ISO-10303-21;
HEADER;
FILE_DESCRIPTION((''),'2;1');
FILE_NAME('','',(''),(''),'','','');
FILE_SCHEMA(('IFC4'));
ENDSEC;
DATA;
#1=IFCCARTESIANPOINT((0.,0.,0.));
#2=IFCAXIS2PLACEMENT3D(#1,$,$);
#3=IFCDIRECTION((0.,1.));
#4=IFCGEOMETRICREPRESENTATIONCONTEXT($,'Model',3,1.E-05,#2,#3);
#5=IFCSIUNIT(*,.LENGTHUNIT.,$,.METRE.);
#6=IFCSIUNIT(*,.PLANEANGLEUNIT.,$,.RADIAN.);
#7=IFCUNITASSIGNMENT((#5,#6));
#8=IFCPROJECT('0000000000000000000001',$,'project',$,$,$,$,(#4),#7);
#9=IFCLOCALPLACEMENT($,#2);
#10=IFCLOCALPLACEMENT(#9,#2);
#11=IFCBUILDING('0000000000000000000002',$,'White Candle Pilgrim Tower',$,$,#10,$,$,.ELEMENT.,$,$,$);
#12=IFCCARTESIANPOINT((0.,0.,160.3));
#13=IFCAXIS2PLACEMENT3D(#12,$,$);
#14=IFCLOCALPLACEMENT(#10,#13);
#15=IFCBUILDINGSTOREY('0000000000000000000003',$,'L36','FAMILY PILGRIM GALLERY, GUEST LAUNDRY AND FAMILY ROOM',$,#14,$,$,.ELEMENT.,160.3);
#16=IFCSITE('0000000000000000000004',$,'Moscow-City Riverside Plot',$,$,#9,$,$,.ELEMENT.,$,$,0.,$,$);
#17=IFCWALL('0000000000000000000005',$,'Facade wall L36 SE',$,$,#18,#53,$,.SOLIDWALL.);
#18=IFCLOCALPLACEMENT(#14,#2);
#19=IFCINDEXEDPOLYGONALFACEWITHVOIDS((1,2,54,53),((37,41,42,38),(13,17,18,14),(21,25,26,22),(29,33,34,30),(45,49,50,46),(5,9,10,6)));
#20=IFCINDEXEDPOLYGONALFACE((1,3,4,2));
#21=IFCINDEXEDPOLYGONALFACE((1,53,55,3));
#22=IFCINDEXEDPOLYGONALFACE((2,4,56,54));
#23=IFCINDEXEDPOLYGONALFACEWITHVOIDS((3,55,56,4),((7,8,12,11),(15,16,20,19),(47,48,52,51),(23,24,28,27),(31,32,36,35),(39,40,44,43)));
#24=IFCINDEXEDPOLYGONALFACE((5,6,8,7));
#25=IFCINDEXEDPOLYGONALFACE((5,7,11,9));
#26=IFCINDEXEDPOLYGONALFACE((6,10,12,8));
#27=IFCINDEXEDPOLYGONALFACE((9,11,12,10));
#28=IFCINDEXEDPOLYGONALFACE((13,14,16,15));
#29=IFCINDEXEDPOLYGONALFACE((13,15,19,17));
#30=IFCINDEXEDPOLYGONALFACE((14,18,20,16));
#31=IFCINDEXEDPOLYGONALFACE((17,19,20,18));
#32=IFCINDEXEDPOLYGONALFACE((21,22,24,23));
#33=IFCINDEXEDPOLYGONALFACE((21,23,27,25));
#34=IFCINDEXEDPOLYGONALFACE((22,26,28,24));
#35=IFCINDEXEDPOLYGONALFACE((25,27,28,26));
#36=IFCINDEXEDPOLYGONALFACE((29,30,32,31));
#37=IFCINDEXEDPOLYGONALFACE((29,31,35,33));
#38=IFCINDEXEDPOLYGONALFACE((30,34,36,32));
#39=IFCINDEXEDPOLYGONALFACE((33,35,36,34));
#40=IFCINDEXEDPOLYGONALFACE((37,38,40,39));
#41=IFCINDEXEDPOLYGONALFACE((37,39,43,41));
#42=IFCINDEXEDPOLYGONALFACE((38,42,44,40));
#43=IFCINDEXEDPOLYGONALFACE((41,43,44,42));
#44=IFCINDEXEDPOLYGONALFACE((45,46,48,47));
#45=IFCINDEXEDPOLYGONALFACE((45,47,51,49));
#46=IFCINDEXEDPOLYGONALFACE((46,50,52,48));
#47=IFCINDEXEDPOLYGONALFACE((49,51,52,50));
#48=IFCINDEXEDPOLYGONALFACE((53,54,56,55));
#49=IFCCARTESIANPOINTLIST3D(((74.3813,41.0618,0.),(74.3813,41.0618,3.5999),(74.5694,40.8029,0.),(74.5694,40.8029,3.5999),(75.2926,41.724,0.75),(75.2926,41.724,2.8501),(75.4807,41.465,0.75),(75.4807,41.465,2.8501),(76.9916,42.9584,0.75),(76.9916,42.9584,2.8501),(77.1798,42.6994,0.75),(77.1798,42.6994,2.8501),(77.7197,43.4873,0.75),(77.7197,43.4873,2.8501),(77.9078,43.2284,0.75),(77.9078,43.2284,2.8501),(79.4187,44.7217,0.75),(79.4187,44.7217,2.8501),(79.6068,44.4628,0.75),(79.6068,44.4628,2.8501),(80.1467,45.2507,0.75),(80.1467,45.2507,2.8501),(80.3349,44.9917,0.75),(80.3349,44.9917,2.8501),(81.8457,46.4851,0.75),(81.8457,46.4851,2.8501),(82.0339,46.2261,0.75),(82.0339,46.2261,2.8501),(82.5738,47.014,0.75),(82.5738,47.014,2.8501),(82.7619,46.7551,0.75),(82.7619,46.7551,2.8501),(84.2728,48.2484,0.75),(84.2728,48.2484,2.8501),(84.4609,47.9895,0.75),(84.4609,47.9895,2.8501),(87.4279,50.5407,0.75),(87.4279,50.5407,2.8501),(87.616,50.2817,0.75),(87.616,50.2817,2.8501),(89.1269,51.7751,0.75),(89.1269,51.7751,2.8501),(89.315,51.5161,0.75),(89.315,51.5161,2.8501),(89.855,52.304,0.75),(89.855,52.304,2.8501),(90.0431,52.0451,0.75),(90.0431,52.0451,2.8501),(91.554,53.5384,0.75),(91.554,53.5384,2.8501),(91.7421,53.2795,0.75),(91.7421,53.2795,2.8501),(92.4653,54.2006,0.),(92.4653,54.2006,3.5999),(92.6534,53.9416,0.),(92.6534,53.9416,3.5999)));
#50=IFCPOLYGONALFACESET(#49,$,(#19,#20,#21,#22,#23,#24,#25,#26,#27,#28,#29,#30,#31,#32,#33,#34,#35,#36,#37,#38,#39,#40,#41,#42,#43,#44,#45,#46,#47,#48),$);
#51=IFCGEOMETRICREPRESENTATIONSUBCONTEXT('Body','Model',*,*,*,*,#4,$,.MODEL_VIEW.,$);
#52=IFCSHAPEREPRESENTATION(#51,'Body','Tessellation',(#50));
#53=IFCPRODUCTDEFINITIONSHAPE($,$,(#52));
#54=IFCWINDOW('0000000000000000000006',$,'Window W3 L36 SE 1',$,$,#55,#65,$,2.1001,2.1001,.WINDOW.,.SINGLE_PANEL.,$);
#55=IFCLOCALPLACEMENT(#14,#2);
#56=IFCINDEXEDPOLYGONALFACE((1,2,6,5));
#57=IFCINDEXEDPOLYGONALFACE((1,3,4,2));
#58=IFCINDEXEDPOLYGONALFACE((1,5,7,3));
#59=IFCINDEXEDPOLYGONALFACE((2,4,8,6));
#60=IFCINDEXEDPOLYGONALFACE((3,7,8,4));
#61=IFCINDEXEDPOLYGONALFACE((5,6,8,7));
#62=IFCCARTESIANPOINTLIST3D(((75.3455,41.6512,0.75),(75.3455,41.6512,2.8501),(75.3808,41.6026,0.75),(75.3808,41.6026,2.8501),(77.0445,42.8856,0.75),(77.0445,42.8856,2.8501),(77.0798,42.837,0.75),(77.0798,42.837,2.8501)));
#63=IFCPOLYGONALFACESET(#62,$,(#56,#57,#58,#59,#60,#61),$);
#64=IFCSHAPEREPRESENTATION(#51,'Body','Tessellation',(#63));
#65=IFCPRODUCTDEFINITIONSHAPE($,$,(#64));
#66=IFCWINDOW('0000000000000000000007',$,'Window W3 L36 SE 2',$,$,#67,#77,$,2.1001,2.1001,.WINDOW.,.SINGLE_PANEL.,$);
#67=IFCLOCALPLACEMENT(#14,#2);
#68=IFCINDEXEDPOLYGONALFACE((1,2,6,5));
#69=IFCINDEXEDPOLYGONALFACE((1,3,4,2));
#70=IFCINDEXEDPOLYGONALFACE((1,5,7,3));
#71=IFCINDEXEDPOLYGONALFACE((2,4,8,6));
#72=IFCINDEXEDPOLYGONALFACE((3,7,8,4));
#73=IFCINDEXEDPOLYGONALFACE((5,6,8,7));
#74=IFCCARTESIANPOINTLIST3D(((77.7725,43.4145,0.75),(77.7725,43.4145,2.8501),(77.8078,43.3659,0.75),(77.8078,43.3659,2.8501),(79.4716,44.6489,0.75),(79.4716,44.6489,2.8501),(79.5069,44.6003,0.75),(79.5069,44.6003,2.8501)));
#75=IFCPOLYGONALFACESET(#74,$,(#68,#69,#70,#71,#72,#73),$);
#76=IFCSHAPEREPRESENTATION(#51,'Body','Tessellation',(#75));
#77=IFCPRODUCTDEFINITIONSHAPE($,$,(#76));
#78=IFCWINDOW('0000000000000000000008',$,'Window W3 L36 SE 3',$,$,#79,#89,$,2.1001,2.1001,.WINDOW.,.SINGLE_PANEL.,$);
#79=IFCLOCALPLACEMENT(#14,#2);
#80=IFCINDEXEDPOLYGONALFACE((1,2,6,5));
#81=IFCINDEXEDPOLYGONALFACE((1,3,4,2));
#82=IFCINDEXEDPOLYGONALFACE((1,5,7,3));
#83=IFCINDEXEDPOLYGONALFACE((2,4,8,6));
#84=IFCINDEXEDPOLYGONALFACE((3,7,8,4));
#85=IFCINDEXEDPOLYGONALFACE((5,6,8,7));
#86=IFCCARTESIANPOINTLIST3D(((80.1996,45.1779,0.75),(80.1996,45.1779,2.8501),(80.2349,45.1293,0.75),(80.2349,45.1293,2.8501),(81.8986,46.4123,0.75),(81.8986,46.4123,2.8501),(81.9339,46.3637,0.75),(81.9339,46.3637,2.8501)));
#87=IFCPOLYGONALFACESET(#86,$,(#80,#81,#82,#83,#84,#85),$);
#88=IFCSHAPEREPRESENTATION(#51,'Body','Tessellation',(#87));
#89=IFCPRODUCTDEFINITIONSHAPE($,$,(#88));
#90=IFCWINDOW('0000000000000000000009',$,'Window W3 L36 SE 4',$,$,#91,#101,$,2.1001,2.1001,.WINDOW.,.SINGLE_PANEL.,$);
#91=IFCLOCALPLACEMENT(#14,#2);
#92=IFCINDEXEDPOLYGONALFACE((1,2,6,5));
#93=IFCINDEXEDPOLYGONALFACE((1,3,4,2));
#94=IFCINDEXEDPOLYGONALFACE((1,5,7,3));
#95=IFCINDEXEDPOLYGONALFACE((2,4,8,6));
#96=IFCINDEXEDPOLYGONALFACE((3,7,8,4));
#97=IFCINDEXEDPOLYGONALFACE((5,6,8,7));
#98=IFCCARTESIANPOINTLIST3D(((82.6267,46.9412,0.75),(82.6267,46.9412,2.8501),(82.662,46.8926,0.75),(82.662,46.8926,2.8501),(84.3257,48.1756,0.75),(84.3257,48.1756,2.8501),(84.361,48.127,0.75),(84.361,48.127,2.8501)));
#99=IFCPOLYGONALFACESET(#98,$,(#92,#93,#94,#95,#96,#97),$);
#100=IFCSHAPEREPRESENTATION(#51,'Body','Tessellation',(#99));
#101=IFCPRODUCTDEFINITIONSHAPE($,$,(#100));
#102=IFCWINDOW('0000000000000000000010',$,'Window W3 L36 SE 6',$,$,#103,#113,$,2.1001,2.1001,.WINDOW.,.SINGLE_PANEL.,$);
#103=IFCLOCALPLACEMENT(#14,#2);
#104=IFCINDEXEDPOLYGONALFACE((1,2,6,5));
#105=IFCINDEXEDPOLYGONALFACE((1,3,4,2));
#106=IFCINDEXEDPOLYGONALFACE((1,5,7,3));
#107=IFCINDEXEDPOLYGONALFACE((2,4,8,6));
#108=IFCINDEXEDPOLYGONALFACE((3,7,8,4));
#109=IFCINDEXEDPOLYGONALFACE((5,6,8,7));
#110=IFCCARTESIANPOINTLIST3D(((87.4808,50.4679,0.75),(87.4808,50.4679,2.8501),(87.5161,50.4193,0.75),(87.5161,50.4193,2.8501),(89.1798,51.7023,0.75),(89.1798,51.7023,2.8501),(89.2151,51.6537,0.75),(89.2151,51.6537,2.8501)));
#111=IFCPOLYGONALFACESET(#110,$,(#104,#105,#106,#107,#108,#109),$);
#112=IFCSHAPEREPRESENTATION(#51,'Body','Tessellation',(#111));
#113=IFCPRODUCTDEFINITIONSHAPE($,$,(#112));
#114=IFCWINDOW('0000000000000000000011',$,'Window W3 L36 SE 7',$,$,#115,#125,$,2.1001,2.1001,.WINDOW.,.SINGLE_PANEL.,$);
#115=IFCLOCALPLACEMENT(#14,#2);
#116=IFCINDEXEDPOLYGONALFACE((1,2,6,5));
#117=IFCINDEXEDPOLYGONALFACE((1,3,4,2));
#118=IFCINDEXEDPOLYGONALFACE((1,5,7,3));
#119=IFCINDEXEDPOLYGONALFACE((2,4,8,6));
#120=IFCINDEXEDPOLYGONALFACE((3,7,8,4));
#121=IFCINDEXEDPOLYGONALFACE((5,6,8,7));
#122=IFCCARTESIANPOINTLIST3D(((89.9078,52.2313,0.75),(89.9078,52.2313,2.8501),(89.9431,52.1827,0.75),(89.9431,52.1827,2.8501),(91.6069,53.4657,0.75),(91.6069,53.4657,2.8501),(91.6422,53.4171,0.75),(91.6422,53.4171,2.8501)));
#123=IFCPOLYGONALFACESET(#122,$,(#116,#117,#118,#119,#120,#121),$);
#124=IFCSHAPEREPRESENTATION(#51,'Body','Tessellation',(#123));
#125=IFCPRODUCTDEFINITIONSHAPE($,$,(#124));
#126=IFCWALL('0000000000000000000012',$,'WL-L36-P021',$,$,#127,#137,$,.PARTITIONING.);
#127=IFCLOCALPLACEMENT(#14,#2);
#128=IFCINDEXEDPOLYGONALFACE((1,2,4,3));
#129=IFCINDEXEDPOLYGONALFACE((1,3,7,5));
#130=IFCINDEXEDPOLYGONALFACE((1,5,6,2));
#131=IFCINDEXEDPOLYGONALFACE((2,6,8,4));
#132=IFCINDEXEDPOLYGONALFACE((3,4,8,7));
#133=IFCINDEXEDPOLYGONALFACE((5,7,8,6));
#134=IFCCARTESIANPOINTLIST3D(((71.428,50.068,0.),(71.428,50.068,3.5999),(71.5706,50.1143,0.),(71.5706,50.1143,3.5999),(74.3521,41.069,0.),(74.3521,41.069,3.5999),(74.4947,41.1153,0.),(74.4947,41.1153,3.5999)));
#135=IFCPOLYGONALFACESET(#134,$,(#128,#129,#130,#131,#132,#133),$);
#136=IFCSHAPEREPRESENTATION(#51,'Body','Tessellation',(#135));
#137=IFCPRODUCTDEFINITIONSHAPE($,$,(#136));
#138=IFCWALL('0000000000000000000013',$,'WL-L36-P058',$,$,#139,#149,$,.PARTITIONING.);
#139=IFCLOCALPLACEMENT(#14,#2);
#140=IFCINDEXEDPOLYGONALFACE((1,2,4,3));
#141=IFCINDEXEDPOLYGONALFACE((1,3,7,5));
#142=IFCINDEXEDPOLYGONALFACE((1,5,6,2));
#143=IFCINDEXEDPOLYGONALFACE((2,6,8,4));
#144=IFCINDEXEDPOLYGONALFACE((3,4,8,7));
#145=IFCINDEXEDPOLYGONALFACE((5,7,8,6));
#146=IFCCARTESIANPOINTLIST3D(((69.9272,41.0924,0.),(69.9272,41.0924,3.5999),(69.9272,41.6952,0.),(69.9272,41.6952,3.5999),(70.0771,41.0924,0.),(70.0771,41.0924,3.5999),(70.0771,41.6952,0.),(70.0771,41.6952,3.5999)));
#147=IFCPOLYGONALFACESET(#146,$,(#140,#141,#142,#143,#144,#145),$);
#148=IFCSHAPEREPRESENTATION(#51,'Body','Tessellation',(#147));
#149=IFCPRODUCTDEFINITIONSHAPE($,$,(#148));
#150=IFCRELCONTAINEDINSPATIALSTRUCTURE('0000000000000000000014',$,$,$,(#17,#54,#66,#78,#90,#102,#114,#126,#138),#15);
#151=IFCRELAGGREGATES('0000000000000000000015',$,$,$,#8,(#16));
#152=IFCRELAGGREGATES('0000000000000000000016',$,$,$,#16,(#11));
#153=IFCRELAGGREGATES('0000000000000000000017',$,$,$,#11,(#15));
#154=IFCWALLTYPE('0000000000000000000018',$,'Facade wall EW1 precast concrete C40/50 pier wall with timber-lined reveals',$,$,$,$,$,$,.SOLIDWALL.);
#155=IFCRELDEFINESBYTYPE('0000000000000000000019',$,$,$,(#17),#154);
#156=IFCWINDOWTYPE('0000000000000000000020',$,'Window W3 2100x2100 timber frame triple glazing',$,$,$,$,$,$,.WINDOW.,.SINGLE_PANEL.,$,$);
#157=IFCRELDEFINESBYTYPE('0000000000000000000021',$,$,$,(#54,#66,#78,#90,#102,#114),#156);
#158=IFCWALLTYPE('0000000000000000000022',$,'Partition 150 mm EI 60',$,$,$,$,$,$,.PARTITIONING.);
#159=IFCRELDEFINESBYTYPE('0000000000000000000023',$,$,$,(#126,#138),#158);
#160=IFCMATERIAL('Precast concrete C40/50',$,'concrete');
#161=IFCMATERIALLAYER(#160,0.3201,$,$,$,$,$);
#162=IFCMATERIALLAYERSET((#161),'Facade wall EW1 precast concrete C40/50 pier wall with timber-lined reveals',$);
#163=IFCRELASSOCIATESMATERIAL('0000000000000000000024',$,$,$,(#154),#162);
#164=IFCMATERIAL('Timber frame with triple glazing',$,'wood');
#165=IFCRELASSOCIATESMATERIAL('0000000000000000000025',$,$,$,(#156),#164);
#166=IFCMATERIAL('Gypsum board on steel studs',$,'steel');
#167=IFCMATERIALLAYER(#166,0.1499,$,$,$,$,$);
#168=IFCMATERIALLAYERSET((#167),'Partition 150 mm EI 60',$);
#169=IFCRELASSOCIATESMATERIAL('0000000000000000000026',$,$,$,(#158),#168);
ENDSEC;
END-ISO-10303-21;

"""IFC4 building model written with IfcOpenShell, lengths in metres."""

from ifc_helpers import new_model, si_unit, direction, frame, frame_2d, origin, place, context, subcontext, project, spatial, rectangle, extrude, material, layer, layer_set, type_object, element, fill, save


model = new_model("IFC4")

# Units and contexts
model_context = context("Model", 3, precision=1e-05, world=origin(), true_north=direction((0.0, 1.0)))
body_context = subcontext(model_context, "Body", "Model", "MODEL_VIEW")
ifc_project = project(units=[si_unit("LENGTHUNIT", "METRE"), si_unit("PLANEANGLEUNIT", "RADIAN")], contexts=[model_context])

# Site, building, storey
site_placement = place(None, origin())
site = spatial("IfcSite", under=ifc_project, at=site_placement, Name="Moscow-City Riverside Plot", CompositionType="ELEMENT", RefElevation=0.0)
building_placement = place(site_placement, origin())
building = spatial("IfcBuilding", under=site, at=building_placement, Name="White Candle Pilgrim Tower", CompositionType="ELEMENT")
storey_placement = place(building_placement, frame((0.0, 0.0, 160.3)))
storey = spatial("IfcBuildingStorey", under=building, at=storey_placement, Name="L36", Description="FAMILY PILGRIM GALLERY, GUEST LAUNDRY AND FAMILY ROOM", CompositionType="ELEMENT", Elevation=160.3)

# Wall, openings, windows
ifc_material_1 = material(Name="Precast concrete C40/50", Category="concrete")
ifc_layer_1 = layer(ifc_material_1, 0.3201)
ifc_layer_set_1 = layer_set([ifc_layer_1], Name="Facade wall EW1 precast concrete C40/50 pier wall with timber-lined reveals")
wall_type_1 = type_object("IfcWallType", Name="Facade wall EW1 precast concrete C40/50 pier wall with timber-lined reveals", PredefinedType="SOLIDWALL", material=ifc_layer_set_1)
wall_1_placement = place(storey_placement, frame((74.4753, 40.9324, 0.0), z_axis=(0.0, 0.0, 1.0), x_axis=(0.809019, 0.587782, 0.0)))
wall_1 = element("IfcWall", 1, at=wall_1_placement, inside=storey, type_object=wall_type_1, Name="Facade wall L36 SE", PredefinedType="SOLIDWALL", context=body_context, shape_type="SweptSolid", body=[
    extrude(rectangle(XDim=22.353, YDim=0.3201, at=frame_2d((11.1765, 0.0))), origin(), (0.0, 0.0, 1.0), 3.5999),
])
opening_1_placement = place(wall_1_placement, frame((1.1265, 0.0, 0.75)))
opening_1 = element("IfcOpeningElement", 2, at=opening_1_placement, cuts=wall_1, PredefinedType="OPENING", context=body_context, shape_type="SweptSolid", body=[
    extrude(rectangle(XDim=2.1001, YDim=2.1001, at=frame_2d((1.05, 1.05))), frame((0.0, 0.1699, 0.0), z_axis=(0.0, -1.0, 0.0), x_axis=(1.0, 0.0, 0.0)), (0.0, 0.0, 1.0), 0.3401),
])
opening_2_placement = place(wall_1_placement, frame((4.1265, 0.0, 0.75)))
opening_2 = element("IfcOpeningElement", 3, at=opening_2_placement, cuts=wall_1, PredefinedType="OPENING", context=body_context, shape_type="SweptSolid", body=[
    extrude(rectangle(XDim=2.1001, YDim=2.1001, at=frame_2d((1.05, 1.05))), frame((0.0, 0.1699, 0.0), z_axis=(0.0, -1.0, 0.0), x_axis=(1.0, 0.0, 0.0)), (0.0, 0.0, 1.0), 0.3401),
])
opening_3_placement = place(wall_1_placement, frame((7.1265, 0.0, 0.75)))
opening_3 = element("IfcOpeningElement", 4, at=opening_3_placement, cuts=wall_1, PredefinedType="OPENING", context=body_context, shape_type="SweptSolid", body=[
    extrude(rectangle(XDim=2.1001, YDim=2.1001, at=frame_2d((1.05, 1.05))), frame((0.0, 0.1699, 0.0), z_axis=(0.0, -1.0, 0.0), x_axis=(1.0, 0.0, 0.0)), (0.0, 0.0, 1.0), 0.3401),
])
opening_4_placement = place(wall_1_placement, frame((10.1265, 0.0, 0.75)))
opening_4 = element("IfcOpeningElement", 5, at=opening_4_placement, cuts=wall_1, PredefinedType="OPENING", context=body_context, shape_type="SweptSolid", body=[
    extrude(rectangle(XDim=2.1001, YDim=2.1001, at=frame_2d((1.05, 1.05))), frame((0.0, 0.1699, 0.0), z_axis=(0.0, -1.0, 0.0), x_axis=(1.0, 0.0, 0.0)), (0.0, 0.0, 1.0), 0.3401),
])
opening_5_placement = place(wall_1_placement, frame((16.1265, 0.0, 0.75)))
opening_5 = element("IfcOpeningElement", 6, at=opening_5_placement, cuts=wall_1, PredefinedType="OPENING", context=body_context, shape_type="SweptSolid", body=[
    extrude(rectangle(XDim=2.1001, YDim=2.1001, at=frame_2d((1.05, 1.05))), frame((0.0, 0.1699, 0.0), z_axis=(0.0, -1.0, 0.0), x_axis=(1.0, 0.0, 0.0)), (0.0, 0.0, 1.0), 0.3401),
])
opening_6_placement = place(wall_1_placement, frame((19.1265, 0.0, 0.75)))
opening_6 = element("IfcOpeningElement", 7, at=opening_6_placement, cuts=wall_1, PredefinedType="OPENING", context=body_context, shape_type="SweptSolid", body=[
    extrude(rectangle(XDim=2.1001, YDim=2.1001, at=frame_2d((1.05, 1.05))), frame((0.0, 0.1699, 0.0), z_axis=(0.0, -1.0, 0.0), x_axis=(1.0, 0.0, 0.0)), (0.0, 0.0, 1.0), 0.3401),
])
ifc_material_2 = material(Name="Timber frame with triple glazing", Category="wood")
window_type = type_object("IfcWindowType", Name="Window W3 2100x2100 timber frame triple glazing", PartitioningType="SINGLE_PANEL", PredefinedType="WINDOW", material=ifc_material_2)
window_1_placement = place(opening_1_placement, origin())
window_1 = element("IfcWindow", 8, at=window_1_placement, inside=storey, type_object=window_type, Name="Window W3 L36 SE 1", OverallHeight=2.1001, OverallWidth=2.1001, PartitioningType="SINGLE_PANEL", PredefinedType="WINDOW", context=body_context, shape_type="SweptSolid", body=[
    extrude(rectangle(XDim=2.1001, YDim=2.1001, at=frame_2d((1.05, 1.05))), frame((0.0, 0.0701, 0.0), z_axis=(0.0, -1.0, 0.0), x_axis=(1.0, 0.0, 0.0)), (0.0, 0.0, 1.0), 0.0601),
])
fill(opening_1, window_1)
window_2_placement = place(opening_2_placement, origin())
window_2 = element("IfcWindow", 9, at=window_2_placement, inside=storey, type_object=window_type, Name="Window W3 L36 SE 2", OverallHeight=2.1001, OverallWidth=2.1001, PartitioningType="SINGLE_PANEL", PredefinedType="WINDOW", context=body_context, shape_type="SweptSolid", body=[
    extrude(rectangle(XDim=2.1001, YDim=2.1001, at=frame_2d((1.05, 1.05))), frame((0.0, 0.0701, 0.0), z_axis=(0.0, -1.0, 0.0), x_axis=(1.0, 0.0, 0.0)), (0.0, 0.0, 1.0), 0.0601),
])
fill(opening_2, window_2)
window_3_placement = place(opening_3_placement, origin())
window_3 = element("IfcWindow", 10, at=window_3_placement, inside=storey, type_object=window_type, Name="Window W3 L36 SE 3", OverallHeight=2.1001, OverallWidth=2.1001, PartitioningType="SINGLE_PANEL", PredefinedType="WINDOW", context=body_context, shape_type="SweptSolid", body=[
    extrude(rectangle(XDim=2.1001, YDim=2.1001, at=frame_2d((1.05, 1.05))), frame((0.0, 0.0701, 0.0), z_axis=(0.0, -1.0, 0.0), x_axis=(1.0, 0.0, 0.0)), (0.0, 0.0, 1.0), 0.0601),
])
fill(opening_3, window_3)
window_4_placement = place(opening_4_placement, origin())
window_4 = element("IfcWindow", 11, at=window_4_placement, inside=storey, type_object=window_type, Name="Window W3 L36 SE 4", OverallHeight=2.1001, OverallWidth=2.1001, PartitioningType="SINGLE_PANEL", PredefinedType="WINDOW", context=body_context, shape_type="SweptSolid", body=[
    extrude(rectangle(XDim=2.1001, YDim=2.1001, at=frame_2d((1.05, 1.05))), frame((0.0, 0.0701, 0.0), z_axis=(0.0, -1.0, 0.0), x_axis=(1.0, 0.0, 0.0)), (0.0, 0.0, 1.0), 0.0601),
])
fill(opening_4, window_4)
window_5_placement = place(opening_5_placement, origin())
window_5 = element("IfcWindow", 12, at=window_5_placement, inside=storey, type_object=window_type, Name="Window W3 L36 SE 6", OverallHeight=2.1001, OverallWidth=2.1001, PartitioningType="SINGLE_PANEL", PredefinedType="WINDOW", context=body_context, shape_type="SweptSolid", body=[
    extrude(rectangle(XDim=2.1001, YDim=2.1001, at=frame_2d((1.05, 1.05))), frame((0.0, 0.0701, 0.0), z_axis=(0.0, -1.0, 0.0), x_axis=(1.0, 0.0, 0.0)), (0.0, 0.0, 1.0), 0.0601),
])
fill(opening_5, window_5)
window_6_placement = place(opening_6_placement, origin())
window_6 = element("IfcWindow", 13, at=window_6_placement, inside=storey, type_object=window_type, Name="Window W3 L36 SE 7", OverallHeight=2.1001, OverallWidth=2.1001, PartitioningType="SINGLE_PANEL", PredefinedType="WINDOW", context=body_context, shape_type="SweptSolid", body=[
    extrude(rectangle(XDim=2.1001, YDim=2.1001, at=frame_2d((1.05, 1.05))), frame((0.0, 0.0701, 0.0), z_axis=(0.0, -1.0, 0.0), x_axis=(1.0, 0.0, 0.0)), (0.0, 0.0, 1.0), 0.0601),
])
fill(opening_6, window_6)

# Walls
ifc_material_3 = material(Name="Gypsum board on steel studs", Category="steel")
ifc_layer_2 = layer(ifc_material_3, 0.1499)
ifc_layer_set_2 = layer_set([ifc_layer_2], Name="Partition 150 mm EI 60")
wall_type_2 = type_object("IfcWallType", Name="Partition 150 mm EI 60", PredefinedType="PARTITIONING", material=ifc_layer_set_2)
wall_2_placement = place(storey_placement, frame((74.4233, 41.0923, 0.0), z_axis=(0.0, 0.0, 1.0), x_axis=(-0.309028, 0.951053, 0.0)))
element("IfcWall", 14, at=wall_2_placement, inside=storey, type_object=wall_type_2, Name="WL-L36-P021", PredefinedType="PARTITIONING", context=body_context, shape_type="SweptSolid", body=[
    extrude(rectangle(XDim=9.4622, YDim=0.1499, at=frame_2d((4.731, 0.0))), origin(), (0.0, 0.0, 1.0), 3.5999),
])
wall_3_placement = place(storey_placement, frame((70.0022, 41.6951, 0.0), z_axis=(0.0, 0.0, 1.0), x_axis=(0.0, -1.0, 0.0)))
element("IfcWall", 15, at=wall_3_placement, inside=storey, type_object=wall_type_2, Name="WL-L36-P058", PredefinedType="PARTITIONING", context=body_context, shape_type="SweptSolid", body=[
    extrude(rectangle(XDim=0.6028, YDim=0.1499, at=frame_2d((0.3013, 0.0))), origin(), (0.0, 0.0, 1.0), 3.5999),
])

save(model, "model.ifc")
